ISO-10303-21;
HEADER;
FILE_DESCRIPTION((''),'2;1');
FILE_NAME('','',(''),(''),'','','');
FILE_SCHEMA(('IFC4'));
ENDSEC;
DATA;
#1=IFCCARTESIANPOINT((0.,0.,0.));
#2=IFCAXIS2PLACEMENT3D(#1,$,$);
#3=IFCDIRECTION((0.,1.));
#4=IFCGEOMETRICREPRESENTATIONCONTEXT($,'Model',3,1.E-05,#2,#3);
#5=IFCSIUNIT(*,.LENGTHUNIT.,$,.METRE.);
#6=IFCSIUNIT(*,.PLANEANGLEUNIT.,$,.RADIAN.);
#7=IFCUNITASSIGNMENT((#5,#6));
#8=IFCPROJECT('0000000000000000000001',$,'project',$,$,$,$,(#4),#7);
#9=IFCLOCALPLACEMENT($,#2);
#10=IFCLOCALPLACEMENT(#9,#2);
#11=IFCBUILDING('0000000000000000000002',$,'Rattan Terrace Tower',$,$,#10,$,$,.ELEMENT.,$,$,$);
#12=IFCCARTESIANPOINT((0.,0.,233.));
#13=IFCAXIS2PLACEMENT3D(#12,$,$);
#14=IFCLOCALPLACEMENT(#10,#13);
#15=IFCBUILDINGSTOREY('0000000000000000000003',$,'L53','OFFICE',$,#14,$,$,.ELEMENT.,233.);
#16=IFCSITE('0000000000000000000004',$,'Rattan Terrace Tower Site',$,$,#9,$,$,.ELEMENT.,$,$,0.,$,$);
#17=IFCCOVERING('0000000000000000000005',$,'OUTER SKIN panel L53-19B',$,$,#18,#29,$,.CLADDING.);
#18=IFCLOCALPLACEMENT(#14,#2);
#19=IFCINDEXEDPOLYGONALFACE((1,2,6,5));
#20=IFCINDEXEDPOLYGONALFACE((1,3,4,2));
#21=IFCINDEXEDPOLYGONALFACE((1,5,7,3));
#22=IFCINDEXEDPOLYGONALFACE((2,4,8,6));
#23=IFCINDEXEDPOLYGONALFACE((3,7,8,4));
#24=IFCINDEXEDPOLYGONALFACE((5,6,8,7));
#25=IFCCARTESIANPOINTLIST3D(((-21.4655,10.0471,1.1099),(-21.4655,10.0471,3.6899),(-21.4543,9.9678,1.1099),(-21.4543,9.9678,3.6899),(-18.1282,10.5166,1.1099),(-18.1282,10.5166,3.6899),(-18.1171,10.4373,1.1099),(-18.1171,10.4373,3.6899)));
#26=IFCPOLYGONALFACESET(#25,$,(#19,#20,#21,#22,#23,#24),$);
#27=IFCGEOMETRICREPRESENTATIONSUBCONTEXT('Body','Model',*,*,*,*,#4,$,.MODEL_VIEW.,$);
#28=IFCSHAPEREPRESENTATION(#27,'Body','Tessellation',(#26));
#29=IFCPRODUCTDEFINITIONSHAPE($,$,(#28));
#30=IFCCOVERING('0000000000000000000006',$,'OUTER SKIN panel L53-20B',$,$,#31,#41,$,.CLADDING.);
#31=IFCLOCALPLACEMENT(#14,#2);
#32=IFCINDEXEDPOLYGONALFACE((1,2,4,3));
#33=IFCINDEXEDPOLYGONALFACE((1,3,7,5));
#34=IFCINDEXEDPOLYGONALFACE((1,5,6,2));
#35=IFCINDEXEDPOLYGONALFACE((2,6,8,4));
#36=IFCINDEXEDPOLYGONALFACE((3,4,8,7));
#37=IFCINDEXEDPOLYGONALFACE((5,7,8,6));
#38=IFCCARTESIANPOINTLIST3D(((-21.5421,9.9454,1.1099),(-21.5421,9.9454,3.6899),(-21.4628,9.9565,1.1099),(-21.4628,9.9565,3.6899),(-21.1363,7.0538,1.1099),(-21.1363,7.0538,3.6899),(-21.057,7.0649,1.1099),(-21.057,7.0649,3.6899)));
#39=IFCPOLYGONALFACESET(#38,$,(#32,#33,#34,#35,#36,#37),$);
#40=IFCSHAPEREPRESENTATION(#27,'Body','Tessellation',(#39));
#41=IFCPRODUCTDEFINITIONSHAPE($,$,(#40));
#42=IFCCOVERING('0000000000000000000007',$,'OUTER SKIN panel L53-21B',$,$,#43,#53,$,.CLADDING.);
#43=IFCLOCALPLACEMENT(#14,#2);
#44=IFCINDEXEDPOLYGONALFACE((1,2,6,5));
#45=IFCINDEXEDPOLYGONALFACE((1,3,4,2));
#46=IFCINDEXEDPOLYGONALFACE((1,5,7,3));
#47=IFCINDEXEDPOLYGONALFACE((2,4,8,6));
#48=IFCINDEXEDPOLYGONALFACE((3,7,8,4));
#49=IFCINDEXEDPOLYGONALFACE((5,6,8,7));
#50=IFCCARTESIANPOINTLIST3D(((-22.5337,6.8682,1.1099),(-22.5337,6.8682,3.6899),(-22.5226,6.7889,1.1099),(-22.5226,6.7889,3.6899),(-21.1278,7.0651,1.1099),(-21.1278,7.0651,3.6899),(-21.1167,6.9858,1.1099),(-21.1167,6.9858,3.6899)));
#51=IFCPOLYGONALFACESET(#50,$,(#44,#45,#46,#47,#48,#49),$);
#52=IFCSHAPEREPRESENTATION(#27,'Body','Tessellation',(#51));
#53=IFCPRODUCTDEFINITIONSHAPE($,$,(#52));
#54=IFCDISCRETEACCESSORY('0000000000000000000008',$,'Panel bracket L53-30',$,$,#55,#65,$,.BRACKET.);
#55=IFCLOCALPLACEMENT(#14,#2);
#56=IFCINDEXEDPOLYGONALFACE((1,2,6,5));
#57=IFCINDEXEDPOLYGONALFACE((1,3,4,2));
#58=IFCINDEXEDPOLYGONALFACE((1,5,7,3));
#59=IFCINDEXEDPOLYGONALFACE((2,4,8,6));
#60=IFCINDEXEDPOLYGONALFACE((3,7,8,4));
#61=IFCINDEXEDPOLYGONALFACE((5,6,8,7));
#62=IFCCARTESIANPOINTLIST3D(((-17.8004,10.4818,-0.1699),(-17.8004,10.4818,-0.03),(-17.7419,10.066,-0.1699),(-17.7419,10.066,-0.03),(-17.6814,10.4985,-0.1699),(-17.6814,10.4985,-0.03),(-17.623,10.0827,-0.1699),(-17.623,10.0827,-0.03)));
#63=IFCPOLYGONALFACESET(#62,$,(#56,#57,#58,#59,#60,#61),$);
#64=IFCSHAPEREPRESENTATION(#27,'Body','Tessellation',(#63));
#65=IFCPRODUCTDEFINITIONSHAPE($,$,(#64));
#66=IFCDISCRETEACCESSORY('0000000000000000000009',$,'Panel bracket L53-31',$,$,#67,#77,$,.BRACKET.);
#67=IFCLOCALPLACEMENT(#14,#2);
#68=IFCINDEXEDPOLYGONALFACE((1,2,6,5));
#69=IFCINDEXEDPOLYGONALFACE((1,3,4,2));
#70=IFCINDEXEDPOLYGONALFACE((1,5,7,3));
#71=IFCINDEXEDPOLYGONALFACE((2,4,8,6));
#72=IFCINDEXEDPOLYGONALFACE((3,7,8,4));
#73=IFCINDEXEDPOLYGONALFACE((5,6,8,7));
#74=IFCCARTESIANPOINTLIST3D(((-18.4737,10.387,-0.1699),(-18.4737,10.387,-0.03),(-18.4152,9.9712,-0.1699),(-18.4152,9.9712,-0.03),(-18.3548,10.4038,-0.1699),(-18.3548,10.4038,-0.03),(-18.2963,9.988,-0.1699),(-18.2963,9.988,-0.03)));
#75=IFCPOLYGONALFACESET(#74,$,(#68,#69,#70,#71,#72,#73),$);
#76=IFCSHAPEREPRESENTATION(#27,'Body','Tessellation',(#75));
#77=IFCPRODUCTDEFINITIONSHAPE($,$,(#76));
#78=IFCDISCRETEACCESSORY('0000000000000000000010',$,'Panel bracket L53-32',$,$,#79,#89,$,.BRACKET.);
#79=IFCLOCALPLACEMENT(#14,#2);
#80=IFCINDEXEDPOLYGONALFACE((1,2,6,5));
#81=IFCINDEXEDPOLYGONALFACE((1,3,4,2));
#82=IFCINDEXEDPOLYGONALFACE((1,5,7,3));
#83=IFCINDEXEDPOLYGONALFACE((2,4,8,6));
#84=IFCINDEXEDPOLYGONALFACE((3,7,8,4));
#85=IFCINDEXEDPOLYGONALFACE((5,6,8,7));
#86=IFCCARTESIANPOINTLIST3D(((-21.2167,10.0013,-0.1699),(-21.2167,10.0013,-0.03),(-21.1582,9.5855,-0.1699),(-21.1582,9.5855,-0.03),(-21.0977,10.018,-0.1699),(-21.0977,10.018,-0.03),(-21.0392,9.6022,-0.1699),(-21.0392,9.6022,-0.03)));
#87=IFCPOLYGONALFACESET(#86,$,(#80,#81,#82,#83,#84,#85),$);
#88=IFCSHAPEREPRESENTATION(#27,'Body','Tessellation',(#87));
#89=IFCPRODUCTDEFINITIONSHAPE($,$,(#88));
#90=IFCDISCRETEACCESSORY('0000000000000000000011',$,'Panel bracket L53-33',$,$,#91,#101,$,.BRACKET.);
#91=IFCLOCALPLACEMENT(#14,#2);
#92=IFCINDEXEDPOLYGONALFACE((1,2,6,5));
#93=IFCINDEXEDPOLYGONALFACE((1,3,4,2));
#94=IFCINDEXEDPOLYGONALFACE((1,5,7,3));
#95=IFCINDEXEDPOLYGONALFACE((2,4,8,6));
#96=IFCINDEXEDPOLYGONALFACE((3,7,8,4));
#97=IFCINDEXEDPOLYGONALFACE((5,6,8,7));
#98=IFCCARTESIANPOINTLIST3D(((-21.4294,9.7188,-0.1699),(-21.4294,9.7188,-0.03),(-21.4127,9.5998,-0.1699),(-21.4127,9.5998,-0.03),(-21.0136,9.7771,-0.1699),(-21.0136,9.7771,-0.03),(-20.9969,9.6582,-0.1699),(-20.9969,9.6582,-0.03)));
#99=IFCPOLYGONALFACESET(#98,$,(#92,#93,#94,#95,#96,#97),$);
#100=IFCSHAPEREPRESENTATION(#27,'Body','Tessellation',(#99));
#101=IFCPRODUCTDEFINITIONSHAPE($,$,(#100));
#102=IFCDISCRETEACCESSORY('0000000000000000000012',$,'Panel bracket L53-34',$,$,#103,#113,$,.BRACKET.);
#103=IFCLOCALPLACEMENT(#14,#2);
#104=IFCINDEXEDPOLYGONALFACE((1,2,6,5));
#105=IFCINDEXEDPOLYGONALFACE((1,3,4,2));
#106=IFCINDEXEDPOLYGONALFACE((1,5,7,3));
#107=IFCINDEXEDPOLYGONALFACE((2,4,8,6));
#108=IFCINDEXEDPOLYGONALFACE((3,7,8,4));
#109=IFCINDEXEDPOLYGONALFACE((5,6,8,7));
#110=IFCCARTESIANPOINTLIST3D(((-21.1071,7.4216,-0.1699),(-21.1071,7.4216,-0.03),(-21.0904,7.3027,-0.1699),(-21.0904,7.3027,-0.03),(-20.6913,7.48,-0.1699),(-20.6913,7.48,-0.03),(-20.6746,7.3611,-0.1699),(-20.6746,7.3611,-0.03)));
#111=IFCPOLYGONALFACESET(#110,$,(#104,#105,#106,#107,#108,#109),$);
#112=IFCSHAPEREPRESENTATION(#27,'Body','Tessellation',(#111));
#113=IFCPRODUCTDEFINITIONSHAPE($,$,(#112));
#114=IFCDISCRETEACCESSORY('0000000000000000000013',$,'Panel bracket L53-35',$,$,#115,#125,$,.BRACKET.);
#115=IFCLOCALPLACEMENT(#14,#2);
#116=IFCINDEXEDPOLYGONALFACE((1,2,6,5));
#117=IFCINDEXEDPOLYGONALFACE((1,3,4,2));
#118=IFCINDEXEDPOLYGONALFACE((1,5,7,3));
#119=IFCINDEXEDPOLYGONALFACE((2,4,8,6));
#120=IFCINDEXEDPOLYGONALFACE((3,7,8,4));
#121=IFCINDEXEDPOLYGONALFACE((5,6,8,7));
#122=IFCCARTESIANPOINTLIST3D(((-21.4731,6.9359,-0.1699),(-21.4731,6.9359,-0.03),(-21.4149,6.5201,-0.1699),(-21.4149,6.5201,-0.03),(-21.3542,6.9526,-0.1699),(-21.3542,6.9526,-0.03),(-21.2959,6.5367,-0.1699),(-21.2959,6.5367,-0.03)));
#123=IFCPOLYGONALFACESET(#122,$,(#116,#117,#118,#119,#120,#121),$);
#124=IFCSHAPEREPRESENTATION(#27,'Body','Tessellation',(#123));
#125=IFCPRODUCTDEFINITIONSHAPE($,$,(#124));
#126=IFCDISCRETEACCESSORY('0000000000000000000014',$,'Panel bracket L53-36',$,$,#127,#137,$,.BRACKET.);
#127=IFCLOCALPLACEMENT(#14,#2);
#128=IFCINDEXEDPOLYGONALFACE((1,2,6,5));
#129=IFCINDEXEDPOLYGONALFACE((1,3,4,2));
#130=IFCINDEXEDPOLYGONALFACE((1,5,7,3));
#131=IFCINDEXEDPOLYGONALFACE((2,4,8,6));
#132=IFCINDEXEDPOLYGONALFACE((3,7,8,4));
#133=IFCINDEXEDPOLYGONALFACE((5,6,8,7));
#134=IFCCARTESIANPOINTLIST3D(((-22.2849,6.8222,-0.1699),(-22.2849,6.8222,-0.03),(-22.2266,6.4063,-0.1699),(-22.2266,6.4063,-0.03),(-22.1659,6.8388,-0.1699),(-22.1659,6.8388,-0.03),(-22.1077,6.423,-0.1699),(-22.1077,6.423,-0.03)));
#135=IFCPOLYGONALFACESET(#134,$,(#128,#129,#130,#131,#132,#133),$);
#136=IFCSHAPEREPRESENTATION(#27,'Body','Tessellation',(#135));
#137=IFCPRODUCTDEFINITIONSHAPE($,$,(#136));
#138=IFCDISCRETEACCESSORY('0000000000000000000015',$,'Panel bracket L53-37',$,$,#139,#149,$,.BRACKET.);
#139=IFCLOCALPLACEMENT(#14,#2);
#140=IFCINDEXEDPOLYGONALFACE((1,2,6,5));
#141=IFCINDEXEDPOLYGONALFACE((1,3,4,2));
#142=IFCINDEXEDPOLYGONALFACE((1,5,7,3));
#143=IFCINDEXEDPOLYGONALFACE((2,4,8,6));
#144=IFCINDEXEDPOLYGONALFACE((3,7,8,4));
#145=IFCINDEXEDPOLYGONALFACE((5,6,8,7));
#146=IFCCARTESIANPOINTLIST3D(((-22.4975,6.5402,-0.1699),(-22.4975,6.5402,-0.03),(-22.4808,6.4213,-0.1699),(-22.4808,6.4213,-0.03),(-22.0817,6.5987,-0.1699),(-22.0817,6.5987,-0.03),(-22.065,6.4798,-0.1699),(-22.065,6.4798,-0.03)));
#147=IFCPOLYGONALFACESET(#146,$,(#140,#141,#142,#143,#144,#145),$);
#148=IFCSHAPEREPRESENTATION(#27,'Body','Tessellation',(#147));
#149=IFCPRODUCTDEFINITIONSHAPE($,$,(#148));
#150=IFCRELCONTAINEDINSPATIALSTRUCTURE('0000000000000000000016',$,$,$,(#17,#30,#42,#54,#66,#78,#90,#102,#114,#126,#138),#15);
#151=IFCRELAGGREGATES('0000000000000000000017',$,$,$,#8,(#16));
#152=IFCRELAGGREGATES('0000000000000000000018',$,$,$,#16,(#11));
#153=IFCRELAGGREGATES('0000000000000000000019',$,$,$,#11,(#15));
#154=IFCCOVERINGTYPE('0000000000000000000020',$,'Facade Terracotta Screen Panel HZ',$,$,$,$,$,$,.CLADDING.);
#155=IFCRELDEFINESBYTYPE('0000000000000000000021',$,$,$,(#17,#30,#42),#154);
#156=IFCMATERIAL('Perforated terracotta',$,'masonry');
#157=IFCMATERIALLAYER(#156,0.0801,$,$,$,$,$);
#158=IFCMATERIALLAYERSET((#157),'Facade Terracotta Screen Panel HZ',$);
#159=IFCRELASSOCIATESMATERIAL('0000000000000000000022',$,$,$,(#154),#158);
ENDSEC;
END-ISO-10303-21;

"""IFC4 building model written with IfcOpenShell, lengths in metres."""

from ifc_helpers import new_model, si_unit, direction, frame, origin, origin_2d, place, context, subcontext, project, spatial, rectangle, extrude, material, layer, layer_set, type_object, element, save


model = new_model("IFC4")

# Units and contexts
model_context = context("Model", 3, precision=1e-05, world=origin(), true_north=direction((0.0, 1.0)))
body_context = subcontext(model_context, "Body", "Model", "MODEL_VIEW")
ifc_project = project(units=[si_unit("LENGTHUNIT", "METRE"), si_unit("PLANEANGLEUNIT", "RADIAN")], contexts=[model_context])

# Site, building, storey
site_placement = place(None, origin())
site = spatial("IfcSite", under=ifc_project, at=site_placement, Name="Rattan Terrace Tower Site", CompositionType="ELEMENT", RefElevation=0.0)
building_placement = place(site_placement, origin())
building = spatial("IfcBuilding", under=site, at=building_placement, Name="Rattan Terrace Tower", CompositionType="ELEMENT")
storey_placement = place(building_placement, frame((0.0, 0.0, 233.0)))
storey = spatial("IfcBuildingStorey", under=building, at=storey_placement, Name="L53", Description="OFFICE", CompositionType="ELEMENT", Elevation=233.0)

# Coverings
ifc_material_1 = material(Name="Perforated terracotta", Category="masonry")
ifc_layer_1 = layer(ifc_material_1, 0.0801)
ifc_layer_set_1 = layer_set([ifc_layer_1], Name="Facade Terracotta Screen Panel HZ")
covering_type_1 = type_object("IfcCoveringType", Name="Facade Terracotta Screen Panel HZ", PredefinedType="CLADDING", material=ifc_layer_set_1)
covering_1_placement = place(storey_placement, frame((-19.7913, 10.2422, 1.1099), z_axis=(0.0, 0.0, 1.0), x_axis=(-0.990247, -0.139321, 0.0)))
element("IfcCovering", 1, at=covering_1_placement, inside=storey, type_object=covering_type_1, Name="OUTER SKIN panel L53-19B", PredefinedType="CLADDING", context=body_context, shape_type="SweptSolid", body=[
    extrude(rectangle(XDim=3.3701, YDim=0.0801, at=origin_2d()), origin(), (0.0, 0.0, 1.0), 2.5801),
])
covering_2_placement = place(storey_placement, frame((-21.2996, 8.5051, 1.1099), z_axis=(0.0, 0.0, 1.0), x_axis=(0.138994, -0.990293, 0.0)))
element("IfcCovering", 2, at=covering_2_placement, inside=storey, type_object=covering_type_1, Name="OUTER SKIN panel L53-20B", PredefinedType="CLADDING", context=body_context, shape_type="SweptSolid", body=[
    extrude(rectangle(XDim=2.9199, YDim=0.0801, at=origin_2d()), origin(), (0.0, 0.0, 1.0), 2.5801),
])
covering_3_placement = place(storey_placement, frame((-21.8252, 6.927, 1.1099), z_axis=(0.0, 0.0, 1.0), x_axis=(-0.990333, -0.138713, 0.0)))
element("IfcCovering", 3, at=covering_3_placement, inside=storey, type_object=covering_type_1, Name="OUTER SKIN panel L53-21B", PredefinedType="CLADDING", context=body_context, shape_type="SweptSolid", body=[
    extrude(rectangle(XDim=1.4197, YDim=0.0801, at=origin_2d()), origin(), (0.0, 0.0, 1.0), 2.5801),
])

# Discrete accessories
for number, where, z_axis, x_axis, name in (
    (4, (-17.7117, 10.2822, -0.1699), (0.0, 0.0, 1.0), (-0.990267, -0.139177, 0.0), "Panel bracket L53-30"),
    (5, (-18.385, 10.1875, -0.1699), (0.0, 0.0, 1.0), (-0.990247, -0.139321, 0.0), "Panel bracket L53-31"),
    (6, (-21.1279, 9.8018, -0.1699), (0.0, 0.0, 1.0), (-0.990247, -0.139321, 0.0), "Panel bracket L53-32"),
    (7, (-21.2131, 9.6885, -0.1699), (0.0, 0.0, 1.0), (0.138994, -0.990293, 0.0), "Panel bracket L53-33"),
    (8, (-20.8909, 7.3914, -0.1699), (0.0, 0.0, 1.0), (0.138994, -0.990293, 0.0), "Panel bracket L53-34"),
    (9, (-21.3845, 6.7363, -0.1699), (0.0, 0.0, 1.0), (-0.990333, -0.138713, 0.0), "Panel bracket L53-35"),
    (10, (-22.1963, 6.6226, -0.1699), (0.0, 0.0, 1.0), (-0.990333, -0.138713, 0.0), "Panel bracket L53-36"),
    (11, (-22.2812, 6.51, -0.1699), (0.0, 0.0, 1.0), (0.139321, -0.990247, 0.0), "Panel bracket L53-37"),
):
    element("IfcDiscreteAccessory", number, at=place(storey_placement, frame(where, z_axis=z_axis, x_axis=x_axis)), inside=storey, Name=name, PredefinedType="BRACKET", context=body_context, shape_type="SweptSolid", body=[
        extrude(rectangle(XDim=0.1201, YDim=0.4199, at=origin_2d()), origin(), (0.0, 0.0, 1.0), 0.1399),
    ])

save(model, "model.ifc")
